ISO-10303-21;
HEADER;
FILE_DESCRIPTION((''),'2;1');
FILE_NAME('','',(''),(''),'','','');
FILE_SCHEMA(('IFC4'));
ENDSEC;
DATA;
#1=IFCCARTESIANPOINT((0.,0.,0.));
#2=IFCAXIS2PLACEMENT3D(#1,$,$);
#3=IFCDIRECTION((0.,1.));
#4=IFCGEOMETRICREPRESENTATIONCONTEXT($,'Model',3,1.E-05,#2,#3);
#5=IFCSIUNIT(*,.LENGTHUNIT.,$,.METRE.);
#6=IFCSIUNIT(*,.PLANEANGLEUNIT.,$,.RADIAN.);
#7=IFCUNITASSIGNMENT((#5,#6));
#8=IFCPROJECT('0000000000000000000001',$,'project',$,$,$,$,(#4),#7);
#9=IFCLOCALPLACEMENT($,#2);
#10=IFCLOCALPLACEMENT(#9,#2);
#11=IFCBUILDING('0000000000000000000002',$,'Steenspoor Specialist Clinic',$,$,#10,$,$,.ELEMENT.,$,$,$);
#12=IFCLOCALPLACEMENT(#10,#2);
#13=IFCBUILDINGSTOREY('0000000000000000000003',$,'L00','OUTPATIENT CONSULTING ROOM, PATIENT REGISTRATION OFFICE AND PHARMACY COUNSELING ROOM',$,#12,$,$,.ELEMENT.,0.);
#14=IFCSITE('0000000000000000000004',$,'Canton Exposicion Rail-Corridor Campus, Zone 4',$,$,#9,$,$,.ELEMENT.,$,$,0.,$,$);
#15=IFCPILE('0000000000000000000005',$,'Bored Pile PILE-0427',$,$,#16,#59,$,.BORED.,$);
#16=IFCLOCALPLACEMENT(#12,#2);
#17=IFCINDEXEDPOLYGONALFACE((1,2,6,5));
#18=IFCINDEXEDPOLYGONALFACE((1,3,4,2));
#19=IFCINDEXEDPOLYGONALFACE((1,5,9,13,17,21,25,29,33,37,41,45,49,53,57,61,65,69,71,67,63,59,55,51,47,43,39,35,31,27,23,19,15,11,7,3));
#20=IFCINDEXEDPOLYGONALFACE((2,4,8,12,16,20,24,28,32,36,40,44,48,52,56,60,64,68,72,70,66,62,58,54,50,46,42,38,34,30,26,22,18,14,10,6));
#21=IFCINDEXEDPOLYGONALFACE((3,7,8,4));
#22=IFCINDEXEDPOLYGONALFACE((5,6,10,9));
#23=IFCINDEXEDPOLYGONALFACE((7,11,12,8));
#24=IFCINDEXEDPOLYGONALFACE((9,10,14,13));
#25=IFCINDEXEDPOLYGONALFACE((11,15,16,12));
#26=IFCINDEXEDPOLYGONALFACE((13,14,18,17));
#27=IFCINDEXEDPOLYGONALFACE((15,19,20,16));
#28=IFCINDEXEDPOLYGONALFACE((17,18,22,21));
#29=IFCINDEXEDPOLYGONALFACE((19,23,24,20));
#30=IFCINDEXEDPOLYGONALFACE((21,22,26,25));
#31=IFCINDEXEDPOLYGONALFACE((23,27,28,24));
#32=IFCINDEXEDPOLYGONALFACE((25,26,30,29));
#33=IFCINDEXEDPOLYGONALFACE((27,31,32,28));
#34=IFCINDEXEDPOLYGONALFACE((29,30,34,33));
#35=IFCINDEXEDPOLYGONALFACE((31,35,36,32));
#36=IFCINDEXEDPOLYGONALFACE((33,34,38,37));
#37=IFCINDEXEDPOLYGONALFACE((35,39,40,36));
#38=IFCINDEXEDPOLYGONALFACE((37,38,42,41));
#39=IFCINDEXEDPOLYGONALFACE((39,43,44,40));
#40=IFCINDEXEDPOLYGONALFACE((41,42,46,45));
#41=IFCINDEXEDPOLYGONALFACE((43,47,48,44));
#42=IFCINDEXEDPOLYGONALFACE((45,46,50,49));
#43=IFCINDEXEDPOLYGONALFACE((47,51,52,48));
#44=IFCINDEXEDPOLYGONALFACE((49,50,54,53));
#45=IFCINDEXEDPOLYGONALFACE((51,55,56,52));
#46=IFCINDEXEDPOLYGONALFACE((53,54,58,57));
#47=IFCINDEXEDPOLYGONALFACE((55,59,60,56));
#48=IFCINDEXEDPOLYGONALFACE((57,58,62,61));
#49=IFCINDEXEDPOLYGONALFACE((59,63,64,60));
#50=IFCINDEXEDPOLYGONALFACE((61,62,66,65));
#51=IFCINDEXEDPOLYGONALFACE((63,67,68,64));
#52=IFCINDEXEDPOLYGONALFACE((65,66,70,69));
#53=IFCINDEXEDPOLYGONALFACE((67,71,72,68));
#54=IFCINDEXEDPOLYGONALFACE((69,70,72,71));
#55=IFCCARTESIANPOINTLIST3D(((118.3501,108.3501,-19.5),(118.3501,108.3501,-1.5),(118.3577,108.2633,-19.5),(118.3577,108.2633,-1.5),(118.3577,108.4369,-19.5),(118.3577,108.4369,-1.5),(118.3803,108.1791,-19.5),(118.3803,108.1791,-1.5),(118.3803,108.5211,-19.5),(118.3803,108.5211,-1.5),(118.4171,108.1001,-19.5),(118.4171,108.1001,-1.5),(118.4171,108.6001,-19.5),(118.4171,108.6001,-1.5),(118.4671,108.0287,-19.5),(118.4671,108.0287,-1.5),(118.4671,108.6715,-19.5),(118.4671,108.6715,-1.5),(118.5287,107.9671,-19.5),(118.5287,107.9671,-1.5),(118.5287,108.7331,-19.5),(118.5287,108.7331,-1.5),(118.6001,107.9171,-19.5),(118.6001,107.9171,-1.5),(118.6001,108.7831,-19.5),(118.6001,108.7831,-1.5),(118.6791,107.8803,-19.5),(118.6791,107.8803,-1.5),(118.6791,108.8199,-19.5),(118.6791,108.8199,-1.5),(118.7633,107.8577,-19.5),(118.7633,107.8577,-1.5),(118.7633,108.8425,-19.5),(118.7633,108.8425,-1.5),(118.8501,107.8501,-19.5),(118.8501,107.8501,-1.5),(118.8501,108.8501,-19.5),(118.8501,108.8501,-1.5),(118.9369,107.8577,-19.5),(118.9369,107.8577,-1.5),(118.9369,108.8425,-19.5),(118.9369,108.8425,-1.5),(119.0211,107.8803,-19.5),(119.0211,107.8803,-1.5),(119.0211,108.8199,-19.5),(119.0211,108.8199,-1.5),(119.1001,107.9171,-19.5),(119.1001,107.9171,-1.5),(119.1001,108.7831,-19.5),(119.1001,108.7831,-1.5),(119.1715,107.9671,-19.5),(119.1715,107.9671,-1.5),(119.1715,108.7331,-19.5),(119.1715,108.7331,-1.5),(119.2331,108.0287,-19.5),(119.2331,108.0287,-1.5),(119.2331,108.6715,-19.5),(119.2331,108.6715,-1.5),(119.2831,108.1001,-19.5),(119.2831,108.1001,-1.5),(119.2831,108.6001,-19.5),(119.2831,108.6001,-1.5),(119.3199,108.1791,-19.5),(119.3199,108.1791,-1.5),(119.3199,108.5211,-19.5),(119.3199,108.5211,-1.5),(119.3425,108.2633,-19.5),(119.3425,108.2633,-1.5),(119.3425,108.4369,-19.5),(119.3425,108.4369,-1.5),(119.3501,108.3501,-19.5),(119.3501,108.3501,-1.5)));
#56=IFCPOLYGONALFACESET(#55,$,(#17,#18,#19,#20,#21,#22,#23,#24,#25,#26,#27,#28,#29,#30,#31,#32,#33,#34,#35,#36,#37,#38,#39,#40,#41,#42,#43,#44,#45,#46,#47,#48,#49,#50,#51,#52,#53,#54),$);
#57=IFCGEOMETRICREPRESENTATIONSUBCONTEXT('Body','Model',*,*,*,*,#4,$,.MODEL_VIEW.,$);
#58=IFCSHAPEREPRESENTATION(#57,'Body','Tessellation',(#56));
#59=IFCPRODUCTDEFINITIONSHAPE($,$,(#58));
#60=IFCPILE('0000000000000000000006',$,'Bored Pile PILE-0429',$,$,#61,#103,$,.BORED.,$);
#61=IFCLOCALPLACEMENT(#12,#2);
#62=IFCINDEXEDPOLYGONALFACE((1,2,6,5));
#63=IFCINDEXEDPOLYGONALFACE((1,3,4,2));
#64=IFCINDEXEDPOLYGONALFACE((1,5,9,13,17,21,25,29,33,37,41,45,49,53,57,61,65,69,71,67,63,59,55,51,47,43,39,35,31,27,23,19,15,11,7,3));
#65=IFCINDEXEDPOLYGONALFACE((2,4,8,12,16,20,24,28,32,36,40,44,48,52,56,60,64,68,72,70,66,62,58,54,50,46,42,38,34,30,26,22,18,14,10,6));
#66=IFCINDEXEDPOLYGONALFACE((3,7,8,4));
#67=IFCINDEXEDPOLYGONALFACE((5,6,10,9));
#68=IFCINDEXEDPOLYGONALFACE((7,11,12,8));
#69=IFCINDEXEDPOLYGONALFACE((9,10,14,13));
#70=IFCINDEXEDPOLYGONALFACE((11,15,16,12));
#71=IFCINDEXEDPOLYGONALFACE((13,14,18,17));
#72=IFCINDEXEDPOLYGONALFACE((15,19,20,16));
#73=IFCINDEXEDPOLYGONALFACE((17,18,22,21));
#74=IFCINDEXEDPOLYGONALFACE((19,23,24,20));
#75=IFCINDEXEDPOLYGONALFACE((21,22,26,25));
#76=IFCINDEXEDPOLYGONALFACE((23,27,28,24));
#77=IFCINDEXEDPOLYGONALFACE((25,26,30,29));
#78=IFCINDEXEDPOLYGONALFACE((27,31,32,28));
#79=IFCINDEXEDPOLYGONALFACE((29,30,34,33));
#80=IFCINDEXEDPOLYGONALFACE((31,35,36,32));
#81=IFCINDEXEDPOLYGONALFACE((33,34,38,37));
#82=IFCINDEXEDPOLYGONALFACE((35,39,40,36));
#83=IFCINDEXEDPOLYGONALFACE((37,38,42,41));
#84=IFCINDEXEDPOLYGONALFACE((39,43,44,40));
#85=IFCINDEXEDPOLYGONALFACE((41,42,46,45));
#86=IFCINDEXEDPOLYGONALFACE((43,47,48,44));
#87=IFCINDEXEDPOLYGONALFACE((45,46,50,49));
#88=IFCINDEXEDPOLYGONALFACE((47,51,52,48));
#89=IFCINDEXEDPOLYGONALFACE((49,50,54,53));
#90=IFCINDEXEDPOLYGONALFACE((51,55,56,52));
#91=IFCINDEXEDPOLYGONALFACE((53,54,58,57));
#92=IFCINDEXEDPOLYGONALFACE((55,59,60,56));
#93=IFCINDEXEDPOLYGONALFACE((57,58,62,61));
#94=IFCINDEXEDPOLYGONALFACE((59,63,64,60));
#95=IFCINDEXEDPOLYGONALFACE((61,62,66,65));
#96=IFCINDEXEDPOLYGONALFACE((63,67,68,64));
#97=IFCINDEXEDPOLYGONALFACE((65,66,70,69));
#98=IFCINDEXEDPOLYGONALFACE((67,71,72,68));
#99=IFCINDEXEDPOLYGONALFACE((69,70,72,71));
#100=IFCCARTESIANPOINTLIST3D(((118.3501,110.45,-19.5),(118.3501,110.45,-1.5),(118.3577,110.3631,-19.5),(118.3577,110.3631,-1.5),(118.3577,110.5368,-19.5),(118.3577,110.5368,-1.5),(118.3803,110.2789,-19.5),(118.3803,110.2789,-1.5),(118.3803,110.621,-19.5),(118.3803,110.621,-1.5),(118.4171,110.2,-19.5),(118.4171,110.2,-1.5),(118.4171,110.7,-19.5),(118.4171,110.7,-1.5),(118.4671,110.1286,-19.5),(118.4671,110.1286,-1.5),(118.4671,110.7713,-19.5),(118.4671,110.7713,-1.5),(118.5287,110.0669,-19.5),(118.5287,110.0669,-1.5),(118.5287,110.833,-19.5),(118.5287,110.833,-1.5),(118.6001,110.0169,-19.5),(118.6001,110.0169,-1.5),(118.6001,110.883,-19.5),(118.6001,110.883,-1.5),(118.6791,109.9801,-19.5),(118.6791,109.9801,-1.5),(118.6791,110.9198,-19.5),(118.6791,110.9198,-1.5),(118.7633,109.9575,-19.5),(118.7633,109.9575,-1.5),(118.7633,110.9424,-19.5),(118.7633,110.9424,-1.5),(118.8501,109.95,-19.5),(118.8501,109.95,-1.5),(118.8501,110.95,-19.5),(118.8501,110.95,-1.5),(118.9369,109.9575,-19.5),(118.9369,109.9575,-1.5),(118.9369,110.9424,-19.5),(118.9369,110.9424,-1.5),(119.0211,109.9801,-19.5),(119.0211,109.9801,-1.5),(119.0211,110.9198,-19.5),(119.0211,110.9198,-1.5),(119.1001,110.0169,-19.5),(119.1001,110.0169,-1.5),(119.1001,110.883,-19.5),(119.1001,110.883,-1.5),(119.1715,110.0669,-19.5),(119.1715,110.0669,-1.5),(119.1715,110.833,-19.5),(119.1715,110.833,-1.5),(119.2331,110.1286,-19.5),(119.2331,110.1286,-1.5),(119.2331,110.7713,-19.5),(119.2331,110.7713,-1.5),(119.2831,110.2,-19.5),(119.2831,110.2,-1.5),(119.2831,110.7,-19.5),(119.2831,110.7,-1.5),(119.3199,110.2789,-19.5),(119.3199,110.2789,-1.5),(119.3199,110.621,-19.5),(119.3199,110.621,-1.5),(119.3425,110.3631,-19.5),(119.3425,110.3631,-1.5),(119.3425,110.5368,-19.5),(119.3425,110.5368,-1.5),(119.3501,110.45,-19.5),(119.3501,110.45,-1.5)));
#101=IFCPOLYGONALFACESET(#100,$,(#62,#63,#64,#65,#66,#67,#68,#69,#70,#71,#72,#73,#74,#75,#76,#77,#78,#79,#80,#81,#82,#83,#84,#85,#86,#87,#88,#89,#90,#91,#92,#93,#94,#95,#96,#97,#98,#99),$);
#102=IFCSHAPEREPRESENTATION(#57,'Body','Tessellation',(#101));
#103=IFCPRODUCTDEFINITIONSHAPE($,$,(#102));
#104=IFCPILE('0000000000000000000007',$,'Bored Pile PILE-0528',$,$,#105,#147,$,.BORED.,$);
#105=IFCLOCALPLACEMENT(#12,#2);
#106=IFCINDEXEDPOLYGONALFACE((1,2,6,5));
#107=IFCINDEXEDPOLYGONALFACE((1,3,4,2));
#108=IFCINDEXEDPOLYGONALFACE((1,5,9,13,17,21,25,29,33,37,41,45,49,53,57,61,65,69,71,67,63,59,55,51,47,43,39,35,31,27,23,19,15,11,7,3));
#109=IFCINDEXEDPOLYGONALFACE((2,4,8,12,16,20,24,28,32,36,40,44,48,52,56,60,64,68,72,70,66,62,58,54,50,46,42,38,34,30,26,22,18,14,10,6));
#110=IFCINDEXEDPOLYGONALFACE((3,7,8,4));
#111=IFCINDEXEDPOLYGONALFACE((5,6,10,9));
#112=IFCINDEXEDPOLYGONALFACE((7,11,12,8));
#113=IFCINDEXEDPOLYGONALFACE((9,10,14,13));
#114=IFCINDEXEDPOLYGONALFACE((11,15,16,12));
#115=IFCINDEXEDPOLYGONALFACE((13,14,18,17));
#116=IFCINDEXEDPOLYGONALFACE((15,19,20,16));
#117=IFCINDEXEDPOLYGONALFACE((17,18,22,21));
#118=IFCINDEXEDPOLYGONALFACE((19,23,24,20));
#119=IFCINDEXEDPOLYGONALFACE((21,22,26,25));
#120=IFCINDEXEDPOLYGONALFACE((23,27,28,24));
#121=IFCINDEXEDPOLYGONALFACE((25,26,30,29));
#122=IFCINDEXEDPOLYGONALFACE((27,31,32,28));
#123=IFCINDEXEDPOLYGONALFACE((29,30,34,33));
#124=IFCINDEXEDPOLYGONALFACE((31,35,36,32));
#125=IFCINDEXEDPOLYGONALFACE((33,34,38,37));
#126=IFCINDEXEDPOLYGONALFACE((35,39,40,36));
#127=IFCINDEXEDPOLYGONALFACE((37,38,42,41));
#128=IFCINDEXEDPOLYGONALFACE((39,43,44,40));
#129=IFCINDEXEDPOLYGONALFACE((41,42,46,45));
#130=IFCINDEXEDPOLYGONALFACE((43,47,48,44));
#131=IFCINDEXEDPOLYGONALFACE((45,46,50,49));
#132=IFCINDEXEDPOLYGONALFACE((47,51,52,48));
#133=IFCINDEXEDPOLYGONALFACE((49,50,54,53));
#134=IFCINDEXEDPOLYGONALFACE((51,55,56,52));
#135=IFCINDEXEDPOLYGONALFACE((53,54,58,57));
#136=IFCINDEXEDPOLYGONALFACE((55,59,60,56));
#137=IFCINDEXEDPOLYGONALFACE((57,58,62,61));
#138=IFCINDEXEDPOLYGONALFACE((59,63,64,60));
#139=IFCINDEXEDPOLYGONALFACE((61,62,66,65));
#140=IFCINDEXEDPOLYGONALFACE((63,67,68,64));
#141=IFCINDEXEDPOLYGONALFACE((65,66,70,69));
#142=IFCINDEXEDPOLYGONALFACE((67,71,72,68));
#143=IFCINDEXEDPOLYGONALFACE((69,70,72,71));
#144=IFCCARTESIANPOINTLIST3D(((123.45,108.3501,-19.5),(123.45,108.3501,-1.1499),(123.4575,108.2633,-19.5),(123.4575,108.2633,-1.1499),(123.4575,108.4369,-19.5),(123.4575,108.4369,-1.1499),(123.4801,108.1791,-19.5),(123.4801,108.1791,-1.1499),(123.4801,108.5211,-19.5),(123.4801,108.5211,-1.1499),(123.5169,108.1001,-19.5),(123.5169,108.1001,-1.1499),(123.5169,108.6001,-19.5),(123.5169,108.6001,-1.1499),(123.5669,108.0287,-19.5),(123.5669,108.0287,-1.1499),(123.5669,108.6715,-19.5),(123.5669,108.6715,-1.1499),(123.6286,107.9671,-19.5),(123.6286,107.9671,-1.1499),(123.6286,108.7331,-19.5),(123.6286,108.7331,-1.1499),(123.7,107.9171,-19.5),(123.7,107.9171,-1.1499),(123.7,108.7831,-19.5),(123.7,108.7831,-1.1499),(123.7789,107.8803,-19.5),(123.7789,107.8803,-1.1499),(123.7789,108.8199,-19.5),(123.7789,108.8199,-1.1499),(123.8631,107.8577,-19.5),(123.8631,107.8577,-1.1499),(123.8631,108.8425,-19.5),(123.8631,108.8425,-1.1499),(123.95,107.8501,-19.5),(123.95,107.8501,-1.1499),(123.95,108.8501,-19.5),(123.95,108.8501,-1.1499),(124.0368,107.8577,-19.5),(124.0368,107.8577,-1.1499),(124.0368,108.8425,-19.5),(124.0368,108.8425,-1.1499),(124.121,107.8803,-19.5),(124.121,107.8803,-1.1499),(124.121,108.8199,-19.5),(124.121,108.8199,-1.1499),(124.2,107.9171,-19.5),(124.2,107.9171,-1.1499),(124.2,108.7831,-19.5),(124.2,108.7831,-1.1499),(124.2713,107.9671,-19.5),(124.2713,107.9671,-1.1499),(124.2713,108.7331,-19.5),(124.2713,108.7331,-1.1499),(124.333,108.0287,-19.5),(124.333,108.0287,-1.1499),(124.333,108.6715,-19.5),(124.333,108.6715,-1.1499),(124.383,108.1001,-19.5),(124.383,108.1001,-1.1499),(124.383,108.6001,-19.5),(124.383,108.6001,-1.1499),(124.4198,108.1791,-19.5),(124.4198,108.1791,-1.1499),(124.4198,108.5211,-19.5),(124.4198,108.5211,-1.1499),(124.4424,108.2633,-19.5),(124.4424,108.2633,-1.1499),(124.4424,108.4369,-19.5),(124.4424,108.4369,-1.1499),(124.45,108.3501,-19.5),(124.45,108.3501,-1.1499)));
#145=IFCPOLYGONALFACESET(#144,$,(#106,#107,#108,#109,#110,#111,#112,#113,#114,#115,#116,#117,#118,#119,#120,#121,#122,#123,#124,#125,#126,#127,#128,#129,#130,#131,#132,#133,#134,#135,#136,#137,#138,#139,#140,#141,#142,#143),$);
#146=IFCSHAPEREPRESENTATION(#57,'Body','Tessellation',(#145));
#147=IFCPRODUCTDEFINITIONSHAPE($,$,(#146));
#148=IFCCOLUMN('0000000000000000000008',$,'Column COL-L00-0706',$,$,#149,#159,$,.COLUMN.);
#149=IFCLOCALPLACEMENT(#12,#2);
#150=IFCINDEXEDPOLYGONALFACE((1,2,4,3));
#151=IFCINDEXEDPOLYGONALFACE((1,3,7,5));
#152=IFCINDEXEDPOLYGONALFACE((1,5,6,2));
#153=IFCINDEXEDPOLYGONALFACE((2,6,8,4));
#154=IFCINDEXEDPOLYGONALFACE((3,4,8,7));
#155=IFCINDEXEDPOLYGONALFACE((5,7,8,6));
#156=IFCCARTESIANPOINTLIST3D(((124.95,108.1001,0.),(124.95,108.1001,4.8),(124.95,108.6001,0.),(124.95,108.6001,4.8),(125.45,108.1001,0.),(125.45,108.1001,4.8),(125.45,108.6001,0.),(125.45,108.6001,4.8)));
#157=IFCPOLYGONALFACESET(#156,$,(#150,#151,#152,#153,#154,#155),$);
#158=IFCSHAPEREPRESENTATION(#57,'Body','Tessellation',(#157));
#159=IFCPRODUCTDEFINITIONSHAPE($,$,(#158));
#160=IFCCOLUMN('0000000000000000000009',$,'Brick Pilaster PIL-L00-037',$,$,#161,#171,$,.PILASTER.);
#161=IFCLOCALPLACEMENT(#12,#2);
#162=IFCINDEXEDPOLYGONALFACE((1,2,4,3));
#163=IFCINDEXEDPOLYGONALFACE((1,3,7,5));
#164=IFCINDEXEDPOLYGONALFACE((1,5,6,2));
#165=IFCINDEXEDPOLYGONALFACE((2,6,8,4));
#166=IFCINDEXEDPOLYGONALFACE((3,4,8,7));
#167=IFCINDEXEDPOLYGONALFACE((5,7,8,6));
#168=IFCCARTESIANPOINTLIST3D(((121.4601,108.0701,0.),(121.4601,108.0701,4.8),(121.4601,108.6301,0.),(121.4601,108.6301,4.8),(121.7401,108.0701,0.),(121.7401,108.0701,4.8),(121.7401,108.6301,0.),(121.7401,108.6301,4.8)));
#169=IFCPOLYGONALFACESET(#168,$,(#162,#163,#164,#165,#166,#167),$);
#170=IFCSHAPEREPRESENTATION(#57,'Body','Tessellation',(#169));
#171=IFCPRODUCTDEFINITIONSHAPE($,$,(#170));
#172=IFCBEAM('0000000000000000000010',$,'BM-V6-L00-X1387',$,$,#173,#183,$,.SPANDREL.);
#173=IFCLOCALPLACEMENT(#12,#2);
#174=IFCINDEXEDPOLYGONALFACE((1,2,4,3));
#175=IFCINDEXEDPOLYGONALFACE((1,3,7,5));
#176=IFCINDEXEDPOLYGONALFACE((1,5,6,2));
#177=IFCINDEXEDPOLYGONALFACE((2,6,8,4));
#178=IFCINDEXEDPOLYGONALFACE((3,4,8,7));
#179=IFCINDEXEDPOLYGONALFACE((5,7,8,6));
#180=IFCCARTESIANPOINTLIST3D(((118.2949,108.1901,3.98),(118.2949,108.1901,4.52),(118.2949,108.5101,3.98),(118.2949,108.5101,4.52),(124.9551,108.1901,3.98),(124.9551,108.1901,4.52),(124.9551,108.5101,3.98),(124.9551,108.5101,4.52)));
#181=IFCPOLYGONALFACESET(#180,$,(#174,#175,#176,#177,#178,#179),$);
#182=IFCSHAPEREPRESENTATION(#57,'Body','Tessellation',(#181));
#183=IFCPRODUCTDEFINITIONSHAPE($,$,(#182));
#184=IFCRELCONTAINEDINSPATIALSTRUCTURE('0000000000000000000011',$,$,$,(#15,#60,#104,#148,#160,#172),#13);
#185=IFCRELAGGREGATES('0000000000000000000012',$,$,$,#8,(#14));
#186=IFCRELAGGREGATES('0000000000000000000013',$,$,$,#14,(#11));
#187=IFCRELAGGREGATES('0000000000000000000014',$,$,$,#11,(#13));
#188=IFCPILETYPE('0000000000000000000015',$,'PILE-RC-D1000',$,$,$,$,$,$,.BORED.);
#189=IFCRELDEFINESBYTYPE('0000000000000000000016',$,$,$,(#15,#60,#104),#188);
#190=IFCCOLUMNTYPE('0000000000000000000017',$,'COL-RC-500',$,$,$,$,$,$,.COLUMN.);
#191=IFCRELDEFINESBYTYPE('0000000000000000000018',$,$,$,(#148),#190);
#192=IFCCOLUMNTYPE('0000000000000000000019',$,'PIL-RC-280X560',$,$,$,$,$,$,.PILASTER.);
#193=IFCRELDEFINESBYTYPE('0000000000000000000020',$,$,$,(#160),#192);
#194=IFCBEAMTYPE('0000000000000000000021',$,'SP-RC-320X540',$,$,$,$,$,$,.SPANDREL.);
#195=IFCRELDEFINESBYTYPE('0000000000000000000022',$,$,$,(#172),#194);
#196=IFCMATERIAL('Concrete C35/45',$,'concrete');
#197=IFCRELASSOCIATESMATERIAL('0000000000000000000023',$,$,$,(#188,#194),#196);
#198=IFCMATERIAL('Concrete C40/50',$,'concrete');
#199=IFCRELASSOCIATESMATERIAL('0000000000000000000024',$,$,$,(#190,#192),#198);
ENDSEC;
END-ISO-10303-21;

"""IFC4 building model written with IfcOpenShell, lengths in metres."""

from ifc_helpers import new_model, si_unit, direction, frame, origin, origin_2d, place, context, subcontext, project, spatial, rectangle, circle, extrude, material, material_profile, profile_set, type_object, element, save


model = new_model("IFC4")

# Units and contexts
model_context = context("Model", 3, precision=1e-05, world=origin(), true_north=direction((0.0, 1.0)))
body_context = subcontext(model_context, "Body", "Model", "MODEL_VIEW")
ifc_project = project(units=[si_unit("LENGTHUNIT", "METRE"), si_unit("PLANEANGLEUNIT", "RADIAN")], contexts=[model_context])

# Site, building, storey
site_placement = place(None, origin())
site = spatial("IfcSite", under=ifc_project, at=site_placement, Name="Canton Exposicion Rail-Corridor Campus, Zone 4", CompositionType="ELEMENT", RefElevation=0.0)
building_placement = place(site_placement, origin())
building = spatial("IfcBuilding", under=site, at=building_placement, Name="Steenspoor Specialist Clinic", CompositionType="ELEMENT")
storey_placement = place(building_placement, origin())
storey = spatial("IfcBuildingStorey", under=building, at=storey_placement, Name="L00", Description="OUTPATIENT CONSULTING ROOM, PATIENT REGISTRATION OFFICE AND PHARMACY COUNSELING ROOM", CompositionType="ELEMENT", Elevation=0.0)

# Shared definitions
ifc_material_1 = material(Name="Concrete C35/45", Category="concrete")

# Piles
ifc_material_profile_1 = material_profile(ifc_material_1, circle(Radius=0.5, at=origin_2d()), Name="PILE-D1000")
ifc_profile_set_1 = profile_set([ifc_material_profile_1], Name="Concrete C35/45")
pile_type = type_object("IfcPileType", Name="PILE-RC-D1000", PredefinedType="BORED", material=ifc_profile_set_1)
for number, where, z_axis, x_axis, name in (
    (1, (118.8501, 108.3501, -1.5), (0.0, 0.0, -1.0), (1.0, 0.0, 0.0), "Bored Pile PILE-0427"),
    (2, (118.8501, 110.45, -1.5), (0.0, 0.0, -1.0), (1.0, 0.0, 0.0), "Bored Pile PILE-0429"),
):
    element("IfcPile", number, at=place(storey_placement, frame(where, z_axis=z_axis, x_axis=x_axis)), inside=storey, type_object=pile_type, Name=name, PredefinedType="BORED", context=body_context, shape_type="SweptSolid", body=[
        extrude(circle(Radius=0.5, at=origin_2d()), origin(), (0.0, 0.0, 1.0), 18.0),
    ])
pile_placement = place(storey_placement, frame((123.95, 108.3501, -1.1499), z_axis=(0.0, 0.0, -1.0), x_axis=(1.0, 0.0, 0.0)))
element("IfcPile", 3, at=pile_placement, inside=storey, type_object=pile_type, Name="Bored Pile PILE-0528", PredefinedType="BORED", context=body_context, shape_type="SweptSolid", body=[
    extrude(circle(Radius=0.5, at=origin_2d()), origin(), (0.0, 0.0, 1.0), 18.3501),
])

# Columns
ifc_material_2 = material(Name="Concrete C40/50", Category="concrete")
ifc_material_profile_2 = material_profile(ifc_material_2, rectangle(XDim=0.5, YDim=0.5, at=origin_2d()), Name="RC-COL-500X500")
ifc_profile_set_2 = profile_set([ifc_material_profile_2], Name="Concrete C40/50")
column_type_1 = type_object("IfcColumnType", Name="COL-RC-500", PredefinedType="COLUMN", material=ifc_profile_set_2)
column_1_placement = place(storey_placement, frame((125.2, 108.3501, 0.0), z_axis=(0.0, 0.0, 1.0), x_axis=(1.0, 0.0, 0.0)))
element("IfcColumn", 4, at=column_1_placement, inside=storey, type_object=column_type_1, Name="Column COL-L00-0706", PredefinedType="COLUMN", context=body_context, shape_type="SweptSolid", body=[
    extrude(rectangle(XDim=0.5, YDim=0.5, at=origin_2d()), origin(), (0.0, 0.0, 1.0), 4.8),
])
ifc_material_profile_3 = material_profile(ifc_material_2, rectangle(XDim=0.28, YDim=0.5601, at=origin_2d()), Name="RC-PIL-280X560")
ifc_profile_set_3 = profile_set([ifc_material_profile_3], Name="Concrete C40/50")
column_type_2 = type_object("IfcColumnType", Name="PIL-RC-280X560", PredefinedType="PILASTER", material=ifc_profile_set_3)
column_2_placement = place(storey_placement, frame((121.6001, 108.3501, 0.0), z_axis=(0.0, 0.0, 1.0), x_axis=(1.0, 0.0, 0.0)))
element("IfcColumn", 5, at=column_2_placement, inside=storey, type_object=column_type_2, Name="Brick Pilaster PIL-L00-037", PredefinedType="PILASTER", context=body_context, shape_type="SweptSolid", body=[
    extrude(rectangle(XDim=0.28, YDim=0.5601, at=origin_2d()), origin(), (0.0, 0.0, 1.0), 4.8),
])

# Beam
ifc_material_profile_4 = material_profile(ifc_material_1, rectangle(XDim=0.3201, YDim=0.54, at=origin_2d()), Name="RC-SP-320X540")
ifc_profile_set_4 = profile_set([ifc_material_profile_4], Name="Concrete C35/45")
beam_type = type_object("IfcBeamType", Name="SP-RC-320X540", PredefinedType="SPANDREL", material=ifc_profile_set_4)
beam_placement = place(storey_placement, frame((118.2949, 108.3501, 4.25), z_axis=(1.0, 0.0, 0.0), x_axis=(0.0, 1.0, 0.0)))
element("IfcBeam", 6, at=beam_placement, inside=storey, type_object=beam_type, Name="BM-V6-L00-X1387", PredefinedType="SPANDREL", context=body_context, shape_type="SweptSolid", body=[
    extrude(rectangle(XDim=0.3201, YDim=0.54, at=origin_2d()), origin(), (0.0, 0.0, 1.0), 6.6602),
])

save(model, "model.ifc")
